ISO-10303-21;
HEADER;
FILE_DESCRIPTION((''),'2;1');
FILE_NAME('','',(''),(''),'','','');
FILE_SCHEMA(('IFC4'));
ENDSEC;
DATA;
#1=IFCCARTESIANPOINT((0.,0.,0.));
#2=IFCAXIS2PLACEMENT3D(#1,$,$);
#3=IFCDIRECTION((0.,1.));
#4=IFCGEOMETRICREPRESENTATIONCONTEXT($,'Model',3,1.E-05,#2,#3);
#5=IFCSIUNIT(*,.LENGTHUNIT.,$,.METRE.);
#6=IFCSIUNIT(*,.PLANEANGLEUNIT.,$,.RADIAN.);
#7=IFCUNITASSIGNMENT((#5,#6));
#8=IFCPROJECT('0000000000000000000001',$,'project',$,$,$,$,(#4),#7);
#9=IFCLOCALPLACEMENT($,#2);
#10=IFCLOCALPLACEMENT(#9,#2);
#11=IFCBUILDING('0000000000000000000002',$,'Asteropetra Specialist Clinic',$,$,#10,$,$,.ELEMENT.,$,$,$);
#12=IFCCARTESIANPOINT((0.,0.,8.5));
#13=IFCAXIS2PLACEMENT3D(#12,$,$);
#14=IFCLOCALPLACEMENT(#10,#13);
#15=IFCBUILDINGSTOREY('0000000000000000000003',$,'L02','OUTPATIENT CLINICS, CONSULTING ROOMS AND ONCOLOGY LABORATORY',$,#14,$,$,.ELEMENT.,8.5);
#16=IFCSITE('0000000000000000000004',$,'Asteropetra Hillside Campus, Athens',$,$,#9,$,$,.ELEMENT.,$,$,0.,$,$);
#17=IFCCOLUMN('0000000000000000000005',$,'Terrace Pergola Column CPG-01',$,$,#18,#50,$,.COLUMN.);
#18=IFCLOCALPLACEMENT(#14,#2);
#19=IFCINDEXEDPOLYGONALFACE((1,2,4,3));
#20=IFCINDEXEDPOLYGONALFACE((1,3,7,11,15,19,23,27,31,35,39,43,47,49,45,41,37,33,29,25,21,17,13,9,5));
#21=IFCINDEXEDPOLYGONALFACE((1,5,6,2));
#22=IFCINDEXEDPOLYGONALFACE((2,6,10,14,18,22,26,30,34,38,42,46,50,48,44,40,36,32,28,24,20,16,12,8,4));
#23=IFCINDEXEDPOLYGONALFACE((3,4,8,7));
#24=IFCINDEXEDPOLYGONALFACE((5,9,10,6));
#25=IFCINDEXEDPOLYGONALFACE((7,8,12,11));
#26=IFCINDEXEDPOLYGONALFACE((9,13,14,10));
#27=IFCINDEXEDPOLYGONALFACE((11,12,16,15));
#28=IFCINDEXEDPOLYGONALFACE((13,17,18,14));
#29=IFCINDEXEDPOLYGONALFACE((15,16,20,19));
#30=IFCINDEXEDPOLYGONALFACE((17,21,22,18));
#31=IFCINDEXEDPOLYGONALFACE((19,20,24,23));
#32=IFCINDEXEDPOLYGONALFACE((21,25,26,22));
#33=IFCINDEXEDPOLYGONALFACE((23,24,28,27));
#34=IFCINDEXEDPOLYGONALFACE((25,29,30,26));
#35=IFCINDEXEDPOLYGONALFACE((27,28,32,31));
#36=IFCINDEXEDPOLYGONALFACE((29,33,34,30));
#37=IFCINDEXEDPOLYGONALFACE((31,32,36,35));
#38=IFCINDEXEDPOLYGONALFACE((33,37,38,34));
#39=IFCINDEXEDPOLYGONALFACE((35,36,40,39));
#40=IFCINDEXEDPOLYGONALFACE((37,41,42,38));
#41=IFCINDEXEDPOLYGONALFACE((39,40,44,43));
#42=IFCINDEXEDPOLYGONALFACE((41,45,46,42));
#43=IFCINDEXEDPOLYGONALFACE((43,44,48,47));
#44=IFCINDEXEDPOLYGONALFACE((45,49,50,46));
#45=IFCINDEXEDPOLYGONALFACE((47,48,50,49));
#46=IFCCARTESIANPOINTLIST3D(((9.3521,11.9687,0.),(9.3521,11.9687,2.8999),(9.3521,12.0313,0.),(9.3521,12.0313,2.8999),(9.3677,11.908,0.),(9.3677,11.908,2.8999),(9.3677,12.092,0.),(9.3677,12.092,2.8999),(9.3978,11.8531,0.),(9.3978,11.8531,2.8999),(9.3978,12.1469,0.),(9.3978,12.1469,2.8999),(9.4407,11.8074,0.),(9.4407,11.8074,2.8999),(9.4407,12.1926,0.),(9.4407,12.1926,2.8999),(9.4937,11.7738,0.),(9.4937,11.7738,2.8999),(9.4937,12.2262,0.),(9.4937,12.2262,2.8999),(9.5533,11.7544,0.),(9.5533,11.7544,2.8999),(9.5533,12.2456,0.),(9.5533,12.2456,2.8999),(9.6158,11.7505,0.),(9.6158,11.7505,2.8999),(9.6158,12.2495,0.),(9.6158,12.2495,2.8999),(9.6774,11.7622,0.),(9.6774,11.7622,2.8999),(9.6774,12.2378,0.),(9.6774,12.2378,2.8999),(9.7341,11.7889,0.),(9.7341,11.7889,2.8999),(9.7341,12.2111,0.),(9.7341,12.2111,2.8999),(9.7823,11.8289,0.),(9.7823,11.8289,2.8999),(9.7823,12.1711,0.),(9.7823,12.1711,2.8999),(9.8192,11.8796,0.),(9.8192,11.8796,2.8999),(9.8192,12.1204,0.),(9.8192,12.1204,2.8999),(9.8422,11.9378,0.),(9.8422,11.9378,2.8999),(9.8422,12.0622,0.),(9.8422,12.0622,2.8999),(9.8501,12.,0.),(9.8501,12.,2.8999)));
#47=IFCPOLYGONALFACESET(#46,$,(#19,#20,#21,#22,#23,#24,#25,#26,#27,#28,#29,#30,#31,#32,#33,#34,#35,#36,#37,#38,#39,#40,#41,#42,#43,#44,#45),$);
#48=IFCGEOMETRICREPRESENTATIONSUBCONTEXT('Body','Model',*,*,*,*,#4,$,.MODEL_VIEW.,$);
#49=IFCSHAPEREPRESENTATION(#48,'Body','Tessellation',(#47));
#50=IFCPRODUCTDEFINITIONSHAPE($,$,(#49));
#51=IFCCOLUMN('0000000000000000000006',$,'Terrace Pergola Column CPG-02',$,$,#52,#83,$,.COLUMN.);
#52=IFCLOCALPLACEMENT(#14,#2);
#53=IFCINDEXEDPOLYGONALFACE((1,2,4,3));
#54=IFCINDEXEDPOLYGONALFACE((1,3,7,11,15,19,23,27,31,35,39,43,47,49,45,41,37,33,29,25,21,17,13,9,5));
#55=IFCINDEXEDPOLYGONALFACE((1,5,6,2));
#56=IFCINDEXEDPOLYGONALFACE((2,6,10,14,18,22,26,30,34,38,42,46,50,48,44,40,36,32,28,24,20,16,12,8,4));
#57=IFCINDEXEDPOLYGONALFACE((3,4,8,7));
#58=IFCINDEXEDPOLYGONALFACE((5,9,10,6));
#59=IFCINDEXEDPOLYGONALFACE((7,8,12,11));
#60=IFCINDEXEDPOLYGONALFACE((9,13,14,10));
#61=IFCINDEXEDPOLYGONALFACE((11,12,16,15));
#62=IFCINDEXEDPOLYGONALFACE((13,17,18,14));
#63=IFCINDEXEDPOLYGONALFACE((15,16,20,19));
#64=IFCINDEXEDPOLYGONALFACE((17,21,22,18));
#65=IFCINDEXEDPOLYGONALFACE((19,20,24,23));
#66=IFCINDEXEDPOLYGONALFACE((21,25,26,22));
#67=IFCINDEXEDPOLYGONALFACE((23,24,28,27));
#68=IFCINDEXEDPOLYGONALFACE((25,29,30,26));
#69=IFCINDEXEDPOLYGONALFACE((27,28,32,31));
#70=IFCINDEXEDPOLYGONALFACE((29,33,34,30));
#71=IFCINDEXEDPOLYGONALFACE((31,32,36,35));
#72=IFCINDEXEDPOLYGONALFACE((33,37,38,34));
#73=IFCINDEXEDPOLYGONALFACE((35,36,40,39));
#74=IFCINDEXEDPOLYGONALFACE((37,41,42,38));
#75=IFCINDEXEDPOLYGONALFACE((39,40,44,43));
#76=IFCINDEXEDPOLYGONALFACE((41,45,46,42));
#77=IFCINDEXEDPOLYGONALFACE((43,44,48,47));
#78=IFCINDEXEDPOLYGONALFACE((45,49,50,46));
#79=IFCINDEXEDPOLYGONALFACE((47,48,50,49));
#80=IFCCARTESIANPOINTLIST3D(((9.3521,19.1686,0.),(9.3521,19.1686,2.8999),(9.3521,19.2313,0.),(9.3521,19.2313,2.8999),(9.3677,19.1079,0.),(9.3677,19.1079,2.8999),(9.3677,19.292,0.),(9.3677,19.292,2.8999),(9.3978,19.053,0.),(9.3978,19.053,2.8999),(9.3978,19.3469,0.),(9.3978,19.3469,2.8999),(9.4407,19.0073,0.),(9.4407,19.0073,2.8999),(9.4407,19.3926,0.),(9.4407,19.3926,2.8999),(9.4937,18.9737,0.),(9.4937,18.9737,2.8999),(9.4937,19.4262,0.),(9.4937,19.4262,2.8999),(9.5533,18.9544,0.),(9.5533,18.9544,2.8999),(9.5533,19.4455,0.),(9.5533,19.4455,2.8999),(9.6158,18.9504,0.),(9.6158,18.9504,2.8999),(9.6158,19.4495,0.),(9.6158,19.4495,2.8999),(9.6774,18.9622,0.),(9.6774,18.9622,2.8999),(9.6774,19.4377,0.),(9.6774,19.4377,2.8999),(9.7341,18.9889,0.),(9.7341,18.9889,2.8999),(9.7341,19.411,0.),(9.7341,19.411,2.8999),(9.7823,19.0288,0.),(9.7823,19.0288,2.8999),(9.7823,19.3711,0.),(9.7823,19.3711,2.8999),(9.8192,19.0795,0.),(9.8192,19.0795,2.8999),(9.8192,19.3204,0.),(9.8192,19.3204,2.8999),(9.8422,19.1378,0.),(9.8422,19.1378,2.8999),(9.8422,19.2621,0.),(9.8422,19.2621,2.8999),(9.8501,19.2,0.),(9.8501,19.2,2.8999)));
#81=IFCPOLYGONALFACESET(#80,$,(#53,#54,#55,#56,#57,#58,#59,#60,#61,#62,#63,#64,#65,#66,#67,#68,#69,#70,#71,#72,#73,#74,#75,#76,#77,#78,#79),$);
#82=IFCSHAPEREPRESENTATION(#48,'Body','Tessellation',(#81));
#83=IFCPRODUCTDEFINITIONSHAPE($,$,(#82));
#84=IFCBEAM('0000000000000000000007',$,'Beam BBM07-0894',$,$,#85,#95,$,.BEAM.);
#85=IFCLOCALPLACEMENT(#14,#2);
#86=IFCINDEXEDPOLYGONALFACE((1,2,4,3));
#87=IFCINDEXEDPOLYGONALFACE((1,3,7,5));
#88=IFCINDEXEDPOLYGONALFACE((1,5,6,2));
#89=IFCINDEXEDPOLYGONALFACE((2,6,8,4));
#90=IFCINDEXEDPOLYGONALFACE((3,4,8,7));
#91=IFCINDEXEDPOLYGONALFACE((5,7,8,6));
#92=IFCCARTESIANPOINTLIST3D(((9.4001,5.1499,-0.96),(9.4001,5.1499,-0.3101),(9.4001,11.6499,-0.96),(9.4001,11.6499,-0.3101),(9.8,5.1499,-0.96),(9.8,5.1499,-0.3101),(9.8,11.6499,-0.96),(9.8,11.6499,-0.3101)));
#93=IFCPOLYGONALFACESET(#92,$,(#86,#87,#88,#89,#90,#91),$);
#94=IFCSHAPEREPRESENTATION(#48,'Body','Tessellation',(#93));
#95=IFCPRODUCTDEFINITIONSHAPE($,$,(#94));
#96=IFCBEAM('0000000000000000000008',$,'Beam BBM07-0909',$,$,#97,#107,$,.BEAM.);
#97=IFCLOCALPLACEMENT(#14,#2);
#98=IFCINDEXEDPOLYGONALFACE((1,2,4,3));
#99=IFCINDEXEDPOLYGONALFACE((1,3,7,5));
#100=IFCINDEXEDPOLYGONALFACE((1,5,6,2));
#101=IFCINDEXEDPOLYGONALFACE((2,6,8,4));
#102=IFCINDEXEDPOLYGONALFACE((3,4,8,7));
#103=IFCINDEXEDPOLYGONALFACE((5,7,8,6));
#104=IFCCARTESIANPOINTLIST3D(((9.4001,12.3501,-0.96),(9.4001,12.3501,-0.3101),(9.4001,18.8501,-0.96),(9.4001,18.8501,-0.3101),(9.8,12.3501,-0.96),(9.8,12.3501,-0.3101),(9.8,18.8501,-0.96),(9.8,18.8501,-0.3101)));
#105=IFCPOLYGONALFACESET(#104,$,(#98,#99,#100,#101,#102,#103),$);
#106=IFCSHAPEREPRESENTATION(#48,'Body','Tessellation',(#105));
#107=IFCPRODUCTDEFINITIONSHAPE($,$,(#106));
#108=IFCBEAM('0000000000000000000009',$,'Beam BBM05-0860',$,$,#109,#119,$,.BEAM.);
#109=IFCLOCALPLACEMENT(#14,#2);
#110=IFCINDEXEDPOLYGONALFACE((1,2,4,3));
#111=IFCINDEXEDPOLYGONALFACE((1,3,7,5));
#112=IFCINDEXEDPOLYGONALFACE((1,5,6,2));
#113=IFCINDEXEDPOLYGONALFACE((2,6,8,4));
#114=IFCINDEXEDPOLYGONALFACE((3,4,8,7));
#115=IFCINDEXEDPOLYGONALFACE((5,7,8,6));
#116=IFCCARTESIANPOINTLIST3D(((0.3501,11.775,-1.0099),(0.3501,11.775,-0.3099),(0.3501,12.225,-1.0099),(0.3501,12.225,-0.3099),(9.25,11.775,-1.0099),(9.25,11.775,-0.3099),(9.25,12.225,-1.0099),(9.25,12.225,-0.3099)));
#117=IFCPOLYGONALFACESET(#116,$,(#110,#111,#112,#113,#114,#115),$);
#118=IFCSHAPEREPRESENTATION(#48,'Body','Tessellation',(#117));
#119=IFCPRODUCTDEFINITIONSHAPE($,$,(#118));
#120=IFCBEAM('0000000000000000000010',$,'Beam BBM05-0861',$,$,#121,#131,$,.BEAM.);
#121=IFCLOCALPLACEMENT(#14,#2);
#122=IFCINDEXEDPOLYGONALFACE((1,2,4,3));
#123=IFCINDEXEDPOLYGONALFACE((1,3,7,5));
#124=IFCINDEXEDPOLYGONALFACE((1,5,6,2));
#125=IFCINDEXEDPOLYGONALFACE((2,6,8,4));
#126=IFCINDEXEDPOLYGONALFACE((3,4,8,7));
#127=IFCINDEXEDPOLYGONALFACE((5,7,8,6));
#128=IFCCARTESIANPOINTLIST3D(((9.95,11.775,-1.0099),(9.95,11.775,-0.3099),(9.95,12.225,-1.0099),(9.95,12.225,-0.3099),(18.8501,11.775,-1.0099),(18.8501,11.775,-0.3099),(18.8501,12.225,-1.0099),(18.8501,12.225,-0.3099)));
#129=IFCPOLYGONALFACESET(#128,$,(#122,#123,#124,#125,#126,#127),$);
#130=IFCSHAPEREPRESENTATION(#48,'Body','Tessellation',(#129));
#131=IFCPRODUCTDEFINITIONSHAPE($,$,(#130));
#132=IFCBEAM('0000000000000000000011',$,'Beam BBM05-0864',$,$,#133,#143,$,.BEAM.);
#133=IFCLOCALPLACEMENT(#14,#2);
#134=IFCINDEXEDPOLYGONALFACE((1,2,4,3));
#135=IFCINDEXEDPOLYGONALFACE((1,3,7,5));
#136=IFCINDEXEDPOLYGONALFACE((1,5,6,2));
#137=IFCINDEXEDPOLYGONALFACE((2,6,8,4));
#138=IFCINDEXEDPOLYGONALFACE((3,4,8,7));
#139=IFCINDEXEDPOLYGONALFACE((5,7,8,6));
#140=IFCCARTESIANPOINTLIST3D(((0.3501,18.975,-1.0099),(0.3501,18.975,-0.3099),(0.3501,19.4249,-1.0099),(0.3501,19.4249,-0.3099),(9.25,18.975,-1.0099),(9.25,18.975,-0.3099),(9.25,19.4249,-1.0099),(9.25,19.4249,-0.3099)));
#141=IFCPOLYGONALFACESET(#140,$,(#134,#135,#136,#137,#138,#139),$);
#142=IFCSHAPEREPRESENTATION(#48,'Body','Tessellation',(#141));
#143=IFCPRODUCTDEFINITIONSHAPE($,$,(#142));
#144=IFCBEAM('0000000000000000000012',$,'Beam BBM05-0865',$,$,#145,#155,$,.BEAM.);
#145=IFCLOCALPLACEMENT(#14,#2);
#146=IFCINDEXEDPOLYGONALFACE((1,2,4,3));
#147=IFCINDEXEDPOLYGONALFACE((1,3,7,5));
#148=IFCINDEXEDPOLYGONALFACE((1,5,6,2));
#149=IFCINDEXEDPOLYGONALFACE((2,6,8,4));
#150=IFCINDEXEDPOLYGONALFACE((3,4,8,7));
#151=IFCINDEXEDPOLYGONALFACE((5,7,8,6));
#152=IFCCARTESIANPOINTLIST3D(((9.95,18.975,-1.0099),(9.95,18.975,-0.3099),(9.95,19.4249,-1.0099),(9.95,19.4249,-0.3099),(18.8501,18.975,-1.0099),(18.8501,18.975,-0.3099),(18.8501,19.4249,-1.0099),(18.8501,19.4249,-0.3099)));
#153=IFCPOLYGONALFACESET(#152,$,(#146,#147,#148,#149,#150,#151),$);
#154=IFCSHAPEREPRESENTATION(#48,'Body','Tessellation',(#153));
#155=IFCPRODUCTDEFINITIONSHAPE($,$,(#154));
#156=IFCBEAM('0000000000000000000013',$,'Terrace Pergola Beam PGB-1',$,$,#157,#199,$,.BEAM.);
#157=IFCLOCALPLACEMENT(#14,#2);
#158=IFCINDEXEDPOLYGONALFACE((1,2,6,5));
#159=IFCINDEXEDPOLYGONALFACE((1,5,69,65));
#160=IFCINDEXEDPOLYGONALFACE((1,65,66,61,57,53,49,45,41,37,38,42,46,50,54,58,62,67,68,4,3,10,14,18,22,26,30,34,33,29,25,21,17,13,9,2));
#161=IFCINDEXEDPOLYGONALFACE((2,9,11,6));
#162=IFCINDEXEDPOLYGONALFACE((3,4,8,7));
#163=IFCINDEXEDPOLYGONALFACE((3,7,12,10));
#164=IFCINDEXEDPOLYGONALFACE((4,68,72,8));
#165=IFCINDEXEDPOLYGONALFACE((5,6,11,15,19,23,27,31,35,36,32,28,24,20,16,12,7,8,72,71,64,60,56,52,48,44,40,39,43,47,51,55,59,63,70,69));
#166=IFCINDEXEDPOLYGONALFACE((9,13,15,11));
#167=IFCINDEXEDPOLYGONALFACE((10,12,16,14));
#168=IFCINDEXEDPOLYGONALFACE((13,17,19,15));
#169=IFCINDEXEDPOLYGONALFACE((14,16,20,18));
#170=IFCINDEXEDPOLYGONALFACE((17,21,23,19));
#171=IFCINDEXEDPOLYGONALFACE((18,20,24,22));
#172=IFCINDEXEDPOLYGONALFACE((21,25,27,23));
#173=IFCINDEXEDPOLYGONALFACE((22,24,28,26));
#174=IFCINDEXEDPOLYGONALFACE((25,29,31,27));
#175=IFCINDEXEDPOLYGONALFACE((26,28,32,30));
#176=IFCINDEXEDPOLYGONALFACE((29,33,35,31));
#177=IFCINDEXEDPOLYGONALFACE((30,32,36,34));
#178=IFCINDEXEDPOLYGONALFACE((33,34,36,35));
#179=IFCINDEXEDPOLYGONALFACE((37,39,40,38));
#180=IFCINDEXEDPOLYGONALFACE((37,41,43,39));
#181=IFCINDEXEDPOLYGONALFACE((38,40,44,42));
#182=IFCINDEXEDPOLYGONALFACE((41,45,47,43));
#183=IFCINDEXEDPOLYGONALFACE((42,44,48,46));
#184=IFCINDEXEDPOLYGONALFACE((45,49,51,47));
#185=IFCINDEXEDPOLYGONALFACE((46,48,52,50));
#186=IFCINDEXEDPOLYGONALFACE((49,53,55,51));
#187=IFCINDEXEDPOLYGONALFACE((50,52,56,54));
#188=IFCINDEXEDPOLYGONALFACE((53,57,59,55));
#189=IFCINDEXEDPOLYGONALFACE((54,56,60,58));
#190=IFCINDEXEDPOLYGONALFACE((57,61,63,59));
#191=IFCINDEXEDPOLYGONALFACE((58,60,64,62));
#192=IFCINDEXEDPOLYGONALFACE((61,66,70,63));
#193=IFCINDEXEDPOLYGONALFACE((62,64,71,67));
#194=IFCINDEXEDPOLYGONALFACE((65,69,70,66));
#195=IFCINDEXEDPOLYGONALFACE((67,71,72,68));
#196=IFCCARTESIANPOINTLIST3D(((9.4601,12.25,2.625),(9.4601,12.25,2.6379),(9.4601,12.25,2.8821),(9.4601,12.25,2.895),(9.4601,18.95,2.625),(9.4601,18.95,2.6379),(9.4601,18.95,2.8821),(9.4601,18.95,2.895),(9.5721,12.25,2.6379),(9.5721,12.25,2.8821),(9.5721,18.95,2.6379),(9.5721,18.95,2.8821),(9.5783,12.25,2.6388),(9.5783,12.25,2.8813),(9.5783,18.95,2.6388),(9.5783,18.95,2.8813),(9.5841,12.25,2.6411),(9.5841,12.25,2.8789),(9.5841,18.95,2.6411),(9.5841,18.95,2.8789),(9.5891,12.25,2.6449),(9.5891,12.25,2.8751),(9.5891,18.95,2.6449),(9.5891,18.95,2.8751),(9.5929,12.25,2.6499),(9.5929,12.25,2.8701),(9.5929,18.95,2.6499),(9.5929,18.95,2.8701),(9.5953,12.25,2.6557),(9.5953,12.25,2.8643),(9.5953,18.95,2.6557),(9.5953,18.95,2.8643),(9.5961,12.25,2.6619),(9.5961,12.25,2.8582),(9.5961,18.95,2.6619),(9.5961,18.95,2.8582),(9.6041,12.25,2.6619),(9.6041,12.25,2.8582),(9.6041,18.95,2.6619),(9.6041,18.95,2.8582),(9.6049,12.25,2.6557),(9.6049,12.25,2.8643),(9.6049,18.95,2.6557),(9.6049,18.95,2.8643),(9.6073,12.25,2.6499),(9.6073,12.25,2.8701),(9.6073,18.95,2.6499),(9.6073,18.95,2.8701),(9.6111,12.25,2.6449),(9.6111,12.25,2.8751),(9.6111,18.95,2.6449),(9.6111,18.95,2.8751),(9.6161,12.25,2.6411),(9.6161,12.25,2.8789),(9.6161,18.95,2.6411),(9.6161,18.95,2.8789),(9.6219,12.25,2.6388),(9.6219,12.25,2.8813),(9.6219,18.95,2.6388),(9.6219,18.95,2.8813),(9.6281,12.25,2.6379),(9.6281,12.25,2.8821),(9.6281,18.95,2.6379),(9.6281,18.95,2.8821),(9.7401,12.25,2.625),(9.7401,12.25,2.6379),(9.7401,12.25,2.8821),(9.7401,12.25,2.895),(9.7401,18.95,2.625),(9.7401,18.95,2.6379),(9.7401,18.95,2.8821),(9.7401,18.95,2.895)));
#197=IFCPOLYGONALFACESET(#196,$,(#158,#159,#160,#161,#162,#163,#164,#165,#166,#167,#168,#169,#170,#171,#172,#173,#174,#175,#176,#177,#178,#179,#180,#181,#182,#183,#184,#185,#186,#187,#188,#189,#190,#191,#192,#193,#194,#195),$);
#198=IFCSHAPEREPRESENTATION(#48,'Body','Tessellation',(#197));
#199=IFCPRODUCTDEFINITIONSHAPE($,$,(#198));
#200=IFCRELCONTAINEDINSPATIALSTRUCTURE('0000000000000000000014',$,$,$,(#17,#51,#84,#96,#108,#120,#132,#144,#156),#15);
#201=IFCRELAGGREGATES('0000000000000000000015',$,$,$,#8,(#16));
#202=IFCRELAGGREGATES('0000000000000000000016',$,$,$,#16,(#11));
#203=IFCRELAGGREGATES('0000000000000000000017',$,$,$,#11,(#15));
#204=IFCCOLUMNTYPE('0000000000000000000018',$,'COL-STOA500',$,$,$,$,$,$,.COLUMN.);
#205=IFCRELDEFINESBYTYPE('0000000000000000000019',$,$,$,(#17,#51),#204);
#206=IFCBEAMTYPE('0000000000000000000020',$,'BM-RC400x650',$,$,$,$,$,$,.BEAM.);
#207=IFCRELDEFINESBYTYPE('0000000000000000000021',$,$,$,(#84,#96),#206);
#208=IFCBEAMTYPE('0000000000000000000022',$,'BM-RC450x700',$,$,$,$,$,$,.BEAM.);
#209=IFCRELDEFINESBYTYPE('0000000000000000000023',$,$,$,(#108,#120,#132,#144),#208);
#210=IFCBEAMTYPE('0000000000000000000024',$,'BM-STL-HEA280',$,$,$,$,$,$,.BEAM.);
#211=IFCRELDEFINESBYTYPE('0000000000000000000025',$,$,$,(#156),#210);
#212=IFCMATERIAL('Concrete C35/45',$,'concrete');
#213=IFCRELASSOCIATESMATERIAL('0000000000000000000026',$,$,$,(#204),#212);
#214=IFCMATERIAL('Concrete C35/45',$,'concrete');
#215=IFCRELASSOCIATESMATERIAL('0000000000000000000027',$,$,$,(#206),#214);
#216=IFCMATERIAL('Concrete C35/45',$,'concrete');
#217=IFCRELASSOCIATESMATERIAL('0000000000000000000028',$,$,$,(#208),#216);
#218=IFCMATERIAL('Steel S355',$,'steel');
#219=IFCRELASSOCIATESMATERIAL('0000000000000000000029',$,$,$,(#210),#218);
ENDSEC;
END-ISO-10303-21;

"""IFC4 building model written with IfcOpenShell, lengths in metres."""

from ifc_helpers import new_model, si_unit, direction, frame, origin, origin_2d, place, context, subcontext, project, spatial, rectangle, circle, i_section, extrude, material, material_profile, profile_set, type_object, element, save


model = new_model("IFC4")

# Units and contexts
model_context = context("Model", 3, precision=1e-05, world=origin(), true_north=direction((0.0, 1.0)))
body_context = subcontext(model_context, "Body", "Model", "MODEL_VIEW")
ifc_project = project(units=[si_unit("LENGTHUNIT", "METRE"), si_unit("PLANEANGLEUNIT", "RADIAN")], contexts=[model_context])

# Site, building, storey
site_placement = place(None, origin())
site = spatial("IfcSite", under=ifc_project, at=site_placement, Name="Asteropetra Hillside Campus, Athens", CompositionType="ELEMENT", RefElevation=0.0)
building_placement = place(site_placement, origin())
building = spatial("IfcBuilding", under=site, at=building_placement, Name="Asteropetra Specialist Clinic", CompositionType="ELEMENT")
storey_placement = place(building_placement, frame((0.0, 0.0, 8.5)))
storey = spatial("IfcBuildingStorey", under=building, at=storey_placement, Name="L02", Description="OUTPATIENT CLINICS, CONSULTING ROOMS AND ONCOLOGY LABORATORY", CompositionType="ELEMENT", Elevation=8.5)

# Columns
ifc_material_1 = material(Name="Concrete C35/45", Category="concrete")
ifc_material_profile_1 = material_profile(ifc_material_1, circle(Radius=0.25, at=origin_2d()), Name="RCC D500")
ifc_profile_set_1 = profile_set([ifc_material_profile_1], Name="Concrete C35/45")
column_type = type_object("IfcColumnType", Name="COL-STOA500", PredefinedType="COLUMN", material=ifc_profile_set_1)
for number, where, z_axis, x_axis, name in (
    (1, (9.6001, 12.0, 0.0), (0.0, 0.0, 1.0), (1.0, 0.0, 0.0), "Terrace Pergola Column CPG-01"),
    (2, (9.6001, 19.2, 0.0), (0.0, 0.0, 1.0), (1.0, 0.0, 0.0), "Terrace Pergola Column CPG-02"),
):
    element("IfcColumn", number, at=place(storey_placement, frame(where, z_axis=z_axis, x_axis=x_axis)), inside=storey, type_object=column_type, Name=name, PredefinedType="COLUMN", context=body_context, shape_type="SweptSolid", body=[
        extrude(circle(Radius=0.25, at=origin_2d()), origin(), (0.0, 0.0, 1.0), 2.8999),
    ])

# Beams
ifc_material_2 = material(Name="Concrete C35/45", Category="concrete")
ifc_material_profile_2 = material_profile(ifc_material_2, rectangle(XDim=0.3999, YDim=0.6499, at=origin_2d()), Name="RCB 400x650")
ifc_profile_set_2 = profile_set([ifc_material_profile_2], Name="Concrete C35/45")
beam_type_1 = type_object("IfcBeamType", Name="BM-RC400x650", PredefinedType="BEAM", material=ifc_profile_set_2)
for number, where, z_axis, x_axis, name in (
    (3, (9.6001, 5.1499, -0.635), (0.0, 1.0, 0.0), (-1.0, 0.0, 0.0), "Beam BBM07-0894"),
    (4, (9.6001, 12.3501, -0.635), (0.0, 1.0, 0.0), (-1.0, 0.0, 0.0), "Beam BBM07-0909"),
):
    element("IfcBeam", number, at=place(storey_placement, frame(where, z_axis=z_axis, x_axis=x_axis)), inside=storey, type_object=beam_type_1, Name=name, PredefinedType="BEAM", context=body_context, shape_type="SweptSolid", body=[
        extrude(rectangle(XDim=0.3999, YDim=0.6499, at=origin_2d()), origin(), (0.0, 0.0, 1.0), 6.5),
    ])
ifc_material_3 = material(Name="Concrete C35/45", Category="concrete")
ifc_material_profile_3 = material_profile(ifc_material_3, rectangle(XDim=0.45, YDim=0.7, at=origin_2d()), Name="RCB 450x700")
ifc_profile_set_3 = profile_set([ifc_material_profile_3], Name="Concrete C35/45")
beam_type_2 = type_object("IfcBeamType", Name="BM-RC450x700", PredefinedType="BEAM", material=ifc_profile_set_3)
beam_1_placement = place(storey_placement, frame((0.3501, 12.0, -0.6599), z_axis=(1.0, 0.0, 0.0), x_axis=(0.0, 1.0, 0.0)))
element("IfcBeam", 5, at=beam_1_placement, inside=storey, type_object=beam_type_2, Name="Beam BBM05-0860", PredefinedType="BEAM", context=body_context, shape_type="SweptSolid", body=[
    extrude(rectangle(XDim=0.45, YDim=0.7, at=origin_2d()), origin(), (0.0, 0.0, 1.0), 8.8999),
])
beam_2_placement = place(storey_placement, frame((9.95, 12.0, -0.6599), z_axis=(1.0, 0.0, 0.0), x_axis=(0.0, 1.0, 0.0)))
element("IfcBeam", 6, at=beam_2_placement, inside=storey, type_object=beam_type_2, Name="Beam BBM05-0861", PredefinedType="BEAM", context=body_context, shape_type="SweptSolid", body=[
    extrude(rectangle(XDim=0.45, YDim=0.7, at=origin_2d()), origin(), (0.0, 0.0, 1.0), 8.9001),
])
beam_3_placement = place(storey_placement, frame((0.3501, 19.2, -0.6599), z_axis=(1.0, 0.0, 0.0), x_axis=(0.0, 1.0, 0.0)))
element("IfcBeam", 7, at=beam_3_placement, inside=storey, type_object=beam_type_2, Name="Beam BBM05-0864", PredefinedType="BEAM", context=body_context, shape_type="SweptSolid", body=[
    extrude(rectangle(XDim=0.45, YDim=0.7, at=origin_2d()), origin(), (0.0, 0.0, 1.0), 8.8999),
])
beam_4_placement = place(storey_placement, frame((9.95, 19.2, -0.6599), z_axis=(1.0, 0.0, 0.0), x_axis=(0.0, 1.0, 0.0)))
element("IfcBeam", 8, at=beam_4_placement, inside=storey, type_object=beam_type_2, Name="Beam BBM05-0865", PredefinedType="BEAM", context=body_context, shape_type="SweptSolid", body=[
    extrude(rectangle(XDim=0.45, YDim=0.7, at=origin_2d()), origin(), (0.0, 0.0, 1.0), 8.9001),
])
ifc_material_4 = material(Name="Steel S355", Category="steel")
ifc_material_profile_4 = material_profile(ifc_material_4, i_section(OverallWidth=0.28, OverallDepth=0.27, WebThickness=0.0081, FlangeThickness=0.0129, FilletRadius=0.0239, at=origin_2d()), Name="HEA 280")
ifc_profile_set_4 = profile_set([ifc_material_profile_4], Name="Steel S355")
beam_type_3 = type_object("IfcBeamType", Name="BM-STL-HEA280", PredefinedType="BEAM", material=ifc_profile_set_4)
beam_5_placement = place(storey_placement, frame((9.6001, 12.25, 2.76), z_axis=(0.0, 1.0, 0.0), x_axis=(-1.0, 0.0, 0.0)))
element("IfcBeam", 9, at=beam_5_placement, inside=storey, type_object=beam_type_3, Name="Terrace Pergola Beam PGB-1", PredefinedType="BEAM", context=body_context, shape_type="SweptSolid", body=[
    extrude(i_section(OverallWidth=0.28, OverallDepth=0.27, WebThickness=0.0081, FlangeThickness=0.0129, FilletRadius=0.0239, at=origin_2d()), origin(), (0.0, 0.0, 1.0), 6.7),
])

save(model, "model.ifc")
